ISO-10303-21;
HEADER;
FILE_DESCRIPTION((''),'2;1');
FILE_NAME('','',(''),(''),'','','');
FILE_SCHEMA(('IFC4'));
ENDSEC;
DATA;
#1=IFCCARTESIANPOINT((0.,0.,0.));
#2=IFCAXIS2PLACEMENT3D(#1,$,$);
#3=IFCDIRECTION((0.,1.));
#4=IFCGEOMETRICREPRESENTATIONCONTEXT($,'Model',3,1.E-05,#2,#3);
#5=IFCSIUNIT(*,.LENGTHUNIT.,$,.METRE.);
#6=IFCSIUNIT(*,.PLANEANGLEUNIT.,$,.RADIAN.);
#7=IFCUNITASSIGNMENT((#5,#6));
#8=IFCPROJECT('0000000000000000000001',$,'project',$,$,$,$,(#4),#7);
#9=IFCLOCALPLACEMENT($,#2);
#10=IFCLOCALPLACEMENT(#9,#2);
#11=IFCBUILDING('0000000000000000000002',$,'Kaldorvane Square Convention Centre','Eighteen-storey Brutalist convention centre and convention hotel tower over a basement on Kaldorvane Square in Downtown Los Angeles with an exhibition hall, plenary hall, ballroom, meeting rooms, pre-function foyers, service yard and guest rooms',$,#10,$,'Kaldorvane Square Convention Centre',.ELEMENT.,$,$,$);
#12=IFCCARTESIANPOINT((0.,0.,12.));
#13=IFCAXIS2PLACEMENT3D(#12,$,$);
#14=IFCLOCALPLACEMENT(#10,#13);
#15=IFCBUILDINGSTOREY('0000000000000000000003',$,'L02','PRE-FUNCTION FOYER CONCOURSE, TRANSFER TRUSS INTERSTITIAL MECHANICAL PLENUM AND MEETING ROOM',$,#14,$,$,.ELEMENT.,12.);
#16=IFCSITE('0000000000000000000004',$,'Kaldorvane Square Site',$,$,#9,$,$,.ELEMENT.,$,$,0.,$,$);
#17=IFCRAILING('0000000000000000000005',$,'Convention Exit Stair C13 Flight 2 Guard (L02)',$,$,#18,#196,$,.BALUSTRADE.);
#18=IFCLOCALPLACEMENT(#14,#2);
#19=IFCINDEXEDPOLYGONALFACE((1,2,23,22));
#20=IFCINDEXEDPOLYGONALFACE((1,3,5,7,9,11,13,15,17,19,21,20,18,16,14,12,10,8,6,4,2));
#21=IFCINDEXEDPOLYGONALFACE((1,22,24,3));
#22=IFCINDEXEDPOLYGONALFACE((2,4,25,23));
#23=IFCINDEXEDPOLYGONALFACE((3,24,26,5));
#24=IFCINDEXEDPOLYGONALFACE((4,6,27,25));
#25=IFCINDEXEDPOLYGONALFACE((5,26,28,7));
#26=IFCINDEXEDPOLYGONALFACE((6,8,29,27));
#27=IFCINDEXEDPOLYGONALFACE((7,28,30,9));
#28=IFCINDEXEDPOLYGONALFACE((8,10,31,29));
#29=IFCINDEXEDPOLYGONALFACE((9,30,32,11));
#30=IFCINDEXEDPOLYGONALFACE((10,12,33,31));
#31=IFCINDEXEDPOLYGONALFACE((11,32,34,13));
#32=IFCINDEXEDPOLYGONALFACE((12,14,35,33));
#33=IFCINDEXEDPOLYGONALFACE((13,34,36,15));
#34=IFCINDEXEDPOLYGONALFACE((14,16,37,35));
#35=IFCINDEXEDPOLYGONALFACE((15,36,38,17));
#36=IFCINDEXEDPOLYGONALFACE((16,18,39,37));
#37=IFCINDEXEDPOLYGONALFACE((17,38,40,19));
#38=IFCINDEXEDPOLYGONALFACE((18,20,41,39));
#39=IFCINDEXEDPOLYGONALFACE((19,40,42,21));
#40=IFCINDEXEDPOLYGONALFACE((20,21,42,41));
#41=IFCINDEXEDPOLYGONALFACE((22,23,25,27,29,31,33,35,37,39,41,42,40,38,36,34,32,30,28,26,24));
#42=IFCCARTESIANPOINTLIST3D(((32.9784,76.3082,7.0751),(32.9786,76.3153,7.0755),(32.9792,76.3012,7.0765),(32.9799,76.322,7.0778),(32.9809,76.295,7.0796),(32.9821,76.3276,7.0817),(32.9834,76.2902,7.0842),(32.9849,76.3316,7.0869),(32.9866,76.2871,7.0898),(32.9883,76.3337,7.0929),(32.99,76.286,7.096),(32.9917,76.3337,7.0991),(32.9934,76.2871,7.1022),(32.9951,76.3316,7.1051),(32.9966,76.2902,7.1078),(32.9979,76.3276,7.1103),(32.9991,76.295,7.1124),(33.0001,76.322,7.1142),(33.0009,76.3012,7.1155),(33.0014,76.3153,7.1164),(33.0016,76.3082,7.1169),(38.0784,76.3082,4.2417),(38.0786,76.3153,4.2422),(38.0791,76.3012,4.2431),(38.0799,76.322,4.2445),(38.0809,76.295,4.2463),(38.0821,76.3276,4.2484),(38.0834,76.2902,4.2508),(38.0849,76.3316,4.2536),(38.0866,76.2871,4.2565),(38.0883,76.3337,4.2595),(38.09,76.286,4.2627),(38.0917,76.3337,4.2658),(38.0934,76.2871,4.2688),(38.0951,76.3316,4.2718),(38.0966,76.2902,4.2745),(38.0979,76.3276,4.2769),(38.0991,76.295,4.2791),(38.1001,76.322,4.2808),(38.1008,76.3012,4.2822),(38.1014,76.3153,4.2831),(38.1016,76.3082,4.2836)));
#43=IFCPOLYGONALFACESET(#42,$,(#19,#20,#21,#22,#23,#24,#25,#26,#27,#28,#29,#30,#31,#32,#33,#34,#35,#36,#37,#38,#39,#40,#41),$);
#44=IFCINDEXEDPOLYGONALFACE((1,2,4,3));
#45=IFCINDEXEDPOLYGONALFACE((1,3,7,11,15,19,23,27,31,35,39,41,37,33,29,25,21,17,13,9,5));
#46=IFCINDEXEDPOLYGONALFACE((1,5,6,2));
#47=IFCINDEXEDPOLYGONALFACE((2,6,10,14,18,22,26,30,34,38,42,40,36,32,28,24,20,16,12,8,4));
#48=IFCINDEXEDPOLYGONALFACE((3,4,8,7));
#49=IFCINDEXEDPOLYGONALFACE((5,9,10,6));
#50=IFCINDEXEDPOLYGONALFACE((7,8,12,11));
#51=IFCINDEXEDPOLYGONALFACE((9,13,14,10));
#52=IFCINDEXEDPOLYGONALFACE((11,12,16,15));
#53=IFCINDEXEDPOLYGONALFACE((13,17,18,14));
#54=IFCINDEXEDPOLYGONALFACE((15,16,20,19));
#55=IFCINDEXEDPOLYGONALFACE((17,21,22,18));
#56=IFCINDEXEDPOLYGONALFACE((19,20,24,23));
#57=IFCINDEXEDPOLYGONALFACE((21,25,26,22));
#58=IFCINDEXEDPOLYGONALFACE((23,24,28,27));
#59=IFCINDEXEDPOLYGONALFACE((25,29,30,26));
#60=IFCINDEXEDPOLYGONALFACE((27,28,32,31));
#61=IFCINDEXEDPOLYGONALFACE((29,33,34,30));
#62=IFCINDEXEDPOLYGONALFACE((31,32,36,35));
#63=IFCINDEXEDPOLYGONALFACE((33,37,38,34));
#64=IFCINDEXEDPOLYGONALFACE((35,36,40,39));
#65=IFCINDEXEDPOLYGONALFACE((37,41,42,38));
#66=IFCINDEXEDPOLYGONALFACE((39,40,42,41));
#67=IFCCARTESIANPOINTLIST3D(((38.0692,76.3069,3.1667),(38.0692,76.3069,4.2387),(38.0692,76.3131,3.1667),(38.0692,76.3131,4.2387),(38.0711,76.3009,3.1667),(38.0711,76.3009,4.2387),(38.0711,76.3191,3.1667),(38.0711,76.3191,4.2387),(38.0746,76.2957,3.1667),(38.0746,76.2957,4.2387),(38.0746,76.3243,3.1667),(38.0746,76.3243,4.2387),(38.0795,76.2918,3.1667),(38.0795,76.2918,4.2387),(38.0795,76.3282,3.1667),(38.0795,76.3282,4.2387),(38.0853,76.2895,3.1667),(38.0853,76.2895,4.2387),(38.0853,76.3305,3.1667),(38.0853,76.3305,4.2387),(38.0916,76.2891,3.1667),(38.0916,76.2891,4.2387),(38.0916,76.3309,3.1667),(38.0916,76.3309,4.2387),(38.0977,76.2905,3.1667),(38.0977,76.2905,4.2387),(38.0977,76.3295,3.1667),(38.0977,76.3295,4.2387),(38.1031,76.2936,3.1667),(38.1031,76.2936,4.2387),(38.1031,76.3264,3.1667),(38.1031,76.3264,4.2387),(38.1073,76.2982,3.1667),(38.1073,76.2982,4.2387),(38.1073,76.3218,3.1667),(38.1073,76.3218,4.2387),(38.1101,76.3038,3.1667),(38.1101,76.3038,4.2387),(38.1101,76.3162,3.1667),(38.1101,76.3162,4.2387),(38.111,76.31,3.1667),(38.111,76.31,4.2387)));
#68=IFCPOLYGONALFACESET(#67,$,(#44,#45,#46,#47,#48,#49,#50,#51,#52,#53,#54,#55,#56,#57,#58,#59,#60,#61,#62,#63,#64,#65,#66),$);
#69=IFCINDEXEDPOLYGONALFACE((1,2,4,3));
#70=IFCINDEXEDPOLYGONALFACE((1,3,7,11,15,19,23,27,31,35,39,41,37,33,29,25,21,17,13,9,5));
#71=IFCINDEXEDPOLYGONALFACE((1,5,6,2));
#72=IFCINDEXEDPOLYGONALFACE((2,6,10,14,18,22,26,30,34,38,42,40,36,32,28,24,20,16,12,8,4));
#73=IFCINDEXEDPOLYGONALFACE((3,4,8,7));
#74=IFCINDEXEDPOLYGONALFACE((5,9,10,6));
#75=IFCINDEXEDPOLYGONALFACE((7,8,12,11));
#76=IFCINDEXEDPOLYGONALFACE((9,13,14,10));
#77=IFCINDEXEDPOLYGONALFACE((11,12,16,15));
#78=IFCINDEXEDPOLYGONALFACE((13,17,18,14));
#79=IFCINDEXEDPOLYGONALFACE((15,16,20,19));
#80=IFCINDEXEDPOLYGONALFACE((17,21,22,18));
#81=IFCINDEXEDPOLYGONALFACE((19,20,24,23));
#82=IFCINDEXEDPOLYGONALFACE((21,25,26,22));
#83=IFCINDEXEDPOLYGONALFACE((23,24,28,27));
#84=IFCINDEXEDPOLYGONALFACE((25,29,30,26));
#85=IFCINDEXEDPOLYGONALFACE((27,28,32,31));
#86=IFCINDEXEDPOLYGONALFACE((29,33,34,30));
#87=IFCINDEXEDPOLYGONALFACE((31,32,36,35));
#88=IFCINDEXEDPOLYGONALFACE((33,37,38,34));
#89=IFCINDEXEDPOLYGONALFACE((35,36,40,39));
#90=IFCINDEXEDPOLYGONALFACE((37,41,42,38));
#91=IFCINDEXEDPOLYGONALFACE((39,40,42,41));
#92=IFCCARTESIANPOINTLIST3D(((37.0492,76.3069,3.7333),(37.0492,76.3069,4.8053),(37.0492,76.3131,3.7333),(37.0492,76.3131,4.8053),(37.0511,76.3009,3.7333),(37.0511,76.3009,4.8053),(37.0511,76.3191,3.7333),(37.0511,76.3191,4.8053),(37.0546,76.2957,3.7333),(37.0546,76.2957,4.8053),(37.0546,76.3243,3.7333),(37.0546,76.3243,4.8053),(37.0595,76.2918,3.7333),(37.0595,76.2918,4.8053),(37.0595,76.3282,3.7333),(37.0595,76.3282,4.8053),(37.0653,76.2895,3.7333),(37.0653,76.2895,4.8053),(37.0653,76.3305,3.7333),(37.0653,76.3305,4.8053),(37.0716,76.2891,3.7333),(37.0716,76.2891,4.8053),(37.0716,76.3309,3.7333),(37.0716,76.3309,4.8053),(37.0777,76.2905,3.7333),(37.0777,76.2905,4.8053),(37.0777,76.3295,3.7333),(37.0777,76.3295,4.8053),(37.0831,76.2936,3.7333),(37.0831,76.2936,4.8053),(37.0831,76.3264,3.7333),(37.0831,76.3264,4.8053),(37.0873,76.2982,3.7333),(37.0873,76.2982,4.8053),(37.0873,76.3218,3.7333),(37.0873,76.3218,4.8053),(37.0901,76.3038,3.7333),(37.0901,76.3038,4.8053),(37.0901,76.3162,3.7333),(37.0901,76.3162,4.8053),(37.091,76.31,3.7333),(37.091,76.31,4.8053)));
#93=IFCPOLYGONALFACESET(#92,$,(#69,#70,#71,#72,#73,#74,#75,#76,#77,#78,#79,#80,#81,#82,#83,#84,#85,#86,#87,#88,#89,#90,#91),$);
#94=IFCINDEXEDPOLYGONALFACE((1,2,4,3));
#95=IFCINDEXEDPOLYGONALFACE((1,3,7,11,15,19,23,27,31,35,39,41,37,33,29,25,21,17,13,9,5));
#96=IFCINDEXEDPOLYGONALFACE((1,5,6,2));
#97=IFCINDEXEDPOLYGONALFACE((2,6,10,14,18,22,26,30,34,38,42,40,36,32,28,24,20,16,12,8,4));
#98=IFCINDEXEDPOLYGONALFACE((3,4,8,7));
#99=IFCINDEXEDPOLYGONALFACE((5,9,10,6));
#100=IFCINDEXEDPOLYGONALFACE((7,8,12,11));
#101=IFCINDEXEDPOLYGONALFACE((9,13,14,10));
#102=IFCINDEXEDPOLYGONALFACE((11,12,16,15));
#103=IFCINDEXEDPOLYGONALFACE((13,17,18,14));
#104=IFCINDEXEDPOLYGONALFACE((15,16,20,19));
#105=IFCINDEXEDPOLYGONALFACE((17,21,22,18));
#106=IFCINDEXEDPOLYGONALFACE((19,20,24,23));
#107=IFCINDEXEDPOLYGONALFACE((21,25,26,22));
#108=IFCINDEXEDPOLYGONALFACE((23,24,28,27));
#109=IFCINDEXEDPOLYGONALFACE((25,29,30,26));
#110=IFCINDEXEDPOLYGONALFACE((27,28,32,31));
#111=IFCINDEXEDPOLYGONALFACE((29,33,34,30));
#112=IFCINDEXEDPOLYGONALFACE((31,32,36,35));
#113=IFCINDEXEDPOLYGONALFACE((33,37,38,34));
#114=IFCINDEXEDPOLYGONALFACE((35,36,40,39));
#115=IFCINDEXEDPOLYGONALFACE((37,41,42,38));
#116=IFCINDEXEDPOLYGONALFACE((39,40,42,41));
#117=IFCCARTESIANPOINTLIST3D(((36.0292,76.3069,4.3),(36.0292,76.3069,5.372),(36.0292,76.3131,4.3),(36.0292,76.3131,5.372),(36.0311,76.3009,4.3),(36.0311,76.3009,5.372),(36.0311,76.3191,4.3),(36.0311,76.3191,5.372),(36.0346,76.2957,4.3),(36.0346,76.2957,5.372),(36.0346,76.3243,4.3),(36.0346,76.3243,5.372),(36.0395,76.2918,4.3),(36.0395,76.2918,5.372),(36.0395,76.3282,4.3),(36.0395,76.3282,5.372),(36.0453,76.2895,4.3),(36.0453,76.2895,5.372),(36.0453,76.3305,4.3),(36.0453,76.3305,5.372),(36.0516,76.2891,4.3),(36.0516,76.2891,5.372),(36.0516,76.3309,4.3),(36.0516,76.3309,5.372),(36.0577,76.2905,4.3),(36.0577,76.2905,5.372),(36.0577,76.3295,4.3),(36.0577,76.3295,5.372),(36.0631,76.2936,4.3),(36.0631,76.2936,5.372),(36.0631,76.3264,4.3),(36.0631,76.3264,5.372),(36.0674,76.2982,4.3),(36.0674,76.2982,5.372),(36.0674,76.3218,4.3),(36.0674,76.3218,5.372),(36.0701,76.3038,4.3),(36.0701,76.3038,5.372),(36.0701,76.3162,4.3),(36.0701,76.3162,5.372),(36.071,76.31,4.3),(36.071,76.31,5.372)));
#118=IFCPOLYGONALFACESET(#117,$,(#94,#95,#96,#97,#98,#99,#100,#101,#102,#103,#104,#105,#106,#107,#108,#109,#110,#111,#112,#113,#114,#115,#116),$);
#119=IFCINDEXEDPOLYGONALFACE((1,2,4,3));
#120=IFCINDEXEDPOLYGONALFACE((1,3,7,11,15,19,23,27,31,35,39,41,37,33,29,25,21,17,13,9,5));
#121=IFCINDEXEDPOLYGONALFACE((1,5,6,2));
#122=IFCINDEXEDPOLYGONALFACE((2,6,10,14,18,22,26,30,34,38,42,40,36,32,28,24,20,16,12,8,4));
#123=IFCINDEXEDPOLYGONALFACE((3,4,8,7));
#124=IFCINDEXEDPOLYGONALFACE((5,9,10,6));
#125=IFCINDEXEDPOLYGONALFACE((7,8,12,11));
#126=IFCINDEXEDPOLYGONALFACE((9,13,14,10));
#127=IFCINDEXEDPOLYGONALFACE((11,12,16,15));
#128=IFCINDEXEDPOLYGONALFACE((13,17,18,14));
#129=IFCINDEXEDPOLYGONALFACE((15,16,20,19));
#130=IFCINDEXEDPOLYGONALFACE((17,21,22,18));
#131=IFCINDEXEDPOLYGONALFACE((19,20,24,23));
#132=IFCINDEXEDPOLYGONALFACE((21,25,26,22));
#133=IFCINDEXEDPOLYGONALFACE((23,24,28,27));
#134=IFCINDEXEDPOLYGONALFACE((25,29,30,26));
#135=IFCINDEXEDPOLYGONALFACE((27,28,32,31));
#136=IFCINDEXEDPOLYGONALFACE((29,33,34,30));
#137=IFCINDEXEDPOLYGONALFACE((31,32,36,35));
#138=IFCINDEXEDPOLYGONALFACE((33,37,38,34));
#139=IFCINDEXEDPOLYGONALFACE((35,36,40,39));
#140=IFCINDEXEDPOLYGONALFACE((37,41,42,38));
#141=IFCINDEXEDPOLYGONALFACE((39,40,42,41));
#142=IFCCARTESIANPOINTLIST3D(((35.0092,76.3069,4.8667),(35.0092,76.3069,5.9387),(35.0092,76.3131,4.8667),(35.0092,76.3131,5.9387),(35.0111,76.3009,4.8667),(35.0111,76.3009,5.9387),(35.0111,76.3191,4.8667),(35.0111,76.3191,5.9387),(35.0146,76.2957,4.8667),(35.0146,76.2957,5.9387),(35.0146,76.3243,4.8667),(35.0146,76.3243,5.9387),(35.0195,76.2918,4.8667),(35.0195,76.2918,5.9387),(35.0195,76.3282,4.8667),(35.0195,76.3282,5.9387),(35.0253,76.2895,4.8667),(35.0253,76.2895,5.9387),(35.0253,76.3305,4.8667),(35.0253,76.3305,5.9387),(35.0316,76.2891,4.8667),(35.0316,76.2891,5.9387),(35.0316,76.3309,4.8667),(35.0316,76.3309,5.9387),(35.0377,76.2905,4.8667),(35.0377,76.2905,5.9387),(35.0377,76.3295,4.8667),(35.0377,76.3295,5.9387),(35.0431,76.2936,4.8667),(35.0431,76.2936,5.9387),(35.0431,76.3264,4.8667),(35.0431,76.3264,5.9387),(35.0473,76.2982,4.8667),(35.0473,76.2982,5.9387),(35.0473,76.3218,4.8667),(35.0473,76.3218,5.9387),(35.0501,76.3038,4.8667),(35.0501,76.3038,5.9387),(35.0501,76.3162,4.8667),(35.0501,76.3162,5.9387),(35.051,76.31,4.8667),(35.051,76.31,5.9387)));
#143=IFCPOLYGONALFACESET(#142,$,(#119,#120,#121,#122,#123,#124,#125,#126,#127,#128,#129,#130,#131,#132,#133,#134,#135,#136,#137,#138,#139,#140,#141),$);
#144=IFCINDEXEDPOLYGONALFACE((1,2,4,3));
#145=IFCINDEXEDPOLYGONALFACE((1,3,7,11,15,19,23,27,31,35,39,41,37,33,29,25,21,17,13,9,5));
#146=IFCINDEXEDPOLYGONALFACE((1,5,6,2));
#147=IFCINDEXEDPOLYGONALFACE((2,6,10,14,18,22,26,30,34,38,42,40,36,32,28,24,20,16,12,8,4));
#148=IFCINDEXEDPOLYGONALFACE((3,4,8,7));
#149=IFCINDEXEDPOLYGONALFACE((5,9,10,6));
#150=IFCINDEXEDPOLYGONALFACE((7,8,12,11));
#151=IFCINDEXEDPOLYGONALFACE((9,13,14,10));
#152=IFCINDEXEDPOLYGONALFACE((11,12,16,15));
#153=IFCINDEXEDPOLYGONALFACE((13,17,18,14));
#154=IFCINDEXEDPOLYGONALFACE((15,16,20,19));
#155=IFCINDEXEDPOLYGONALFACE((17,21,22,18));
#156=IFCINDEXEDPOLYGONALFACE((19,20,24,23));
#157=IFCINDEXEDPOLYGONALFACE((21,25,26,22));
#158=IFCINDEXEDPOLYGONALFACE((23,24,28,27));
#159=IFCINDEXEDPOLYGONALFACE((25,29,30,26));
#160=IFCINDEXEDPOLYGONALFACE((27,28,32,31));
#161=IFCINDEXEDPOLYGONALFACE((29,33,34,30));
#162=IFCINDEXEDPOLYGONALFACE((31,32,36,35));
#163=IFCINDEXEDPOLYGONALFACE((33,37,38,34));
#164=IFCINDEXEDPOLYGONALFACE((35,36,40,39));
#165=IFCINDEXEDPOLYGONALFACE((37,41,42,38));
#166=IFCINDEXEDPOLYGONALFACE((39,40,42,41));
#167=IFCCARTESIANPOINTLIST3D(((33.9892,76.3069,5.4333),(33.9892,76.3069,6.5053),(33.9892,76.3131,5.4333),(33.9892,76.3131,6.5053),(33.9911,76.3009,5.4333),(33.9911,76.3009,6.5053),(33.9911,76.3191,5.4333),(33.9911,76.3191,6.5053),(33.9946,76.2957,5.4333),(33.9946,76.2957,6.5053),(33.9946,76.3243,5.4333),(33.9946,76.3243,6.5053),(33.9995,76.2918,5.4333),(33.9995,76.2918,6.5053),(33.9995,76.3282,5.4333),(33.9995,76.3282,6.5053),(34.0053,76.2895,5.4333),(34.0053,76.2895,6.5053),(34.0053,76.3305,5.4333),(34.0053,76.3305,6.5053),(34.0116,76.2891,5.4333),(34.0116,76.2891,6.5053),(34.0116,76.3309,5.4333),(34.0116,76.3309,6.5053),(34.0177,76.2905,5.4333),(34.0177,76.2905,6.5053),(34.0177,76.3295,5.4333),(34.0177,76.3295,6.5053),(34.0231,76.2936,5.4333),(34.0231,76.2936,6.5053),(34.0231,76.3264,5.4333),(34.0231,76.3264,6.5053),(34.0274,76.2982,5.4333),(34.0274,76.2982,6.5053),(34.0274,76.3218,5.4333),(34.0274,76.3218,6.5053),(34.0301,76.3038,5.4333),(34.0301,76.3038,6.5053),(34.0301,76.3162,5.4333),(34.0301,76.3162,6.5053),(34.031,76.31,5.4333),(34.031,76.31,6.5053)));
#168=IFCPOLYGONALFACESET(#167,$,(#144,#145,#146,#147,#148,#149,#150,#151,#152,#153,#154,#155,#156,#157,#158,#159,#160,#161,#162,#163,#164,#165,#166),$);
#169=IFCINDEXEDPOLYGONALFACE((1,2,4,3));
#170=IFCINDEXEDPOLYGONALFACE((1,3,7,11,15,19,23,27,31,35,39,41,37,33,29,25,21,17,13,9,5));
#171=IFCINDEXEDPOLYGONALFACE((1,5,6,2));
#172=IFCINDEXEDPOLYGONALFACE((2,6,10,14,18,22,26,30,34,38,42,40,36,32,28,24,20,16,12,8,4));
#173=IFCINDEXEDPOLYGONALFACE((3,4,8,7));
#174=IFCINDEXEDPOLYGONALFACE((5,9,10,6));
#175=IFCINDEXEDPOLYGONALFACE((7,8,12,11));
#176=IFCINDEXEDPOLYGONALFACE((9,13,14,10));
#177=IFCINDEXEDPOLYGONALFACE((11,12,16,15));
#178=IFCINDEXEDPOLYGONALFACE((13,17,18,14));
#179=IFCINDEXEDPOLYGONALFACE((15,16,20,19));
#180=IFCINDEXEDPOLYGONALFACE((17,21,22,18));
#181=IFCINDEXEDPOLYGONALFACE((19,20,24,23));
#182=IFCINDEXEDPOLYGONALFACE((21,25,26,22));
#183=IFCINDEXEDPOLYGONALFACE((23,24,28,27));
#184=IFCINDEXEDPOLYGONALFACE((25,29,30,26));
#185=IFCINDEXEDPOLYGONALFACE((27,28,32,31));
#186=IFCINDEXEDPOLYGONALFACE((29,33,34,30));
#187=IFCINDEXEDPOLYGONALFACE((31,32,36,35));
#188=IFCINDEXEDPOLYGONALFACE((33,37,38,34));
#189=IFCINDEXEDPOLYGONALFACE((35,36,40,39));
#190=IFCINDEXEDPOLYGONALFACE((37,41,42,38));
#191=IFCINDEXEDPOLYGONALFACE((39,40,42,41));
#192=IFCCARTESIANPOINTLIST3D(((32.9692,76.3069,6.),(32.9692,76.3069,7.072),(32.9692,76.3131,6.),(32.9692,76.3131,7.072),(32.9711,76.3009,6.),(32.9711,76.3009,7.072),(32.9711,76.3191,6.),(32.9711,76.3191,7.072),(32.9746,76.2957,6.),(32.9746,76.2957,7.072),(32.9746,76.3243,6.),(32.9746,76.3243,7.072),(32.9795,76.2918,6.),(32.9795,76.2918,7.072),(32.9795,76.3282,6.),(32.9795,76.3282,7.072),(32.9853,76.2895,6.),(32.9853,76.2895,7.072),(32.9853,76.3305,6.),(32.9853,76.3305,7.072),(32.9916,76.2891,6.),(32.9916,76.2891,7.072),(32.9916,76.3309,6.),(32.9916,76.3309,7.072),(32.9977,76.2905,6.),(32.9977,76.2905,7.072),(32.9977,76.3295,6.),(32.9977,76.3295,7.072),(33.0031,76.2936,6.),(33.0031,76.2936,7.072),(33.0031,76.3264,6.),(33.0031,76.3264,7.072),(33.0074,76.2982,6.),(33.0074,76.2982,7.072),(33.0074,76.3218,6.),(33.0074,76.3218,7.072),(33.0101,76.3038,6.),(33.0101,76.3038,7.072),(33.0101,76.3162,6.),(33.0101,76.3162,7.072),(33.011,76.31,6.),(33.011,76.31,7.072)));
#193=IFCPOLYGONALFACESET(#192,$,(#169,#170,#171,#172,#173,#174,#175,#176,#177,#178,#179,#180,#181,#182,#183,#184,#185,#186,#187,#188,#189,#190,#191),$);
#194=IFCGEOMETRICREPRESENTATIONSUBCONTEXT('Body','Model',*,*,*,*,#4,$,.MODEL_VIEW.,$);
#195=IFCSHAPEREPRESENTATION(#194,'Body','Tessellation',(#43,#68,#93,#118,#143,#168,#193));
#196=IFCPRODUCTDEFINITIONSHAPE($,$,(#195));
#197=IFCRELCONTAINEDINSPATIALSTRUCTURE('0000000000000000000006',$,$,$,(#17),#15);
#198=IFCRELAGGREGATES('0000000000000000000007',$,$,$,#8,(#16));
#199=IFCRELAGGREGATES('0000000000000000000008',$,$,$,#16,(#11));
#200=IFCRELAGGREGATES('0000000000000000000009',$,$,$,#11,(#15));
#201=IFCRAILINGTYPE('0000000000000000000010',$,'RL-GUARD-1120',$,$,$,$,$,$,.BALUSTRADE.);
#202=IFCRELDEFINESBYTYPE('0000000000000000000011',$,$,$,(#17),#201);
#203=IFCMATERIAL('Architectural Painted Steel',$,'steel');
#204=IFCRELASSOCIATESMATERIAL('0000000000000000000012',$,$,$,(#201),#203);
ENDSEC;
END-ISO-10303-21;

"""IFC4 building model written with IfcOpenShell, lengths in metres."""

from ifc_helpers import new_model, si_unit, direction, frame, origin, origin_2d, place, context, subcontext, project, spatial, circle, extrude, material, type_object, element, save


model = new_model("IFC4")

# Units and contexts
model_context = context("Model", 3, precision=1e-05, world=origin(), true_north=direction((0.0, 1.0)))
body_context = subcontext(model_context, "Body", "Model", "MODEL_VIEW")
ifc_project = project(units=[si_unit("LENGTHUNIT", "METRE"), si_unit("PLANEANGLEUNIT", "RADIAN")], contexts=[model_context])

# Site, building, storey
site_placement = place(None, origin())
site = spatial("IfcSite", under=ifc_project, at=site_placement, Name="Kaldorvane Square Site", CompositionType="ELEMENT", RefElevation=0.0)
building_placement = place(site_placement, origin())
building = spatial("IfcBuilding", under=site, at=building_placement, Name="Kaldorvane Square Convention Centre", Description="Eighteen-storey Brutalist convention centre and convention hotel tower over a basement on Kaldorvane Square in Downtown Los Angeles with an exhibition hall, plenary hall, ballroom, meeting rooms, pre-function foyers, service yard and guest rooms", LongName="Kaldorvane Square Convention Centre", CompositionType="ELEMENT")
storey_placement = place(building_placement, frame((0.0, 0.0, 12.0)))
storey = spatial("IfcBuildingStorey", under=building, at=storey_placement, Name="L02", Description="PRE-FUNCTION FOYER CONCOURSE, TRANSFER TRUSS INTERSTITIAL MECHANICAL PLENUM AND MEETING ROOM", CompositionType="ELEMENT", Elevation=12.0)

# Railing
ifc_material_1 = material(Name="Architectural Painted Steel", Category="steel")
railing_type_1 = type_object("IfcRailingType", Name="RL-GUARD-1120", PredefinedType="BALUSTRADE", material=ifc_material_1)
railing_1_placement = place(storey_placement, frame((38.09, 76.31, 3.1667)))
element("IfcRailing", 1, at=railing_1_placement, inside=storey, type_object=railing_type_1, Name="Convention Exit Stair C13 Flight 2 Guard (L02)", PredefinedType="BALUSTRADE", context=body_context, shape_type="SweptSolid", body=[
    extrude(circle(Radius=0.024, at=origin_2d()), frame((0.0, 0.0, 1.096), z_axis=(-0.874157, 0.0, 0.485643), x_axis=(0.0, -1.0, 0.0)), (0.0, 0.0, 1.0), 5.8342),
    extrude(circle(Radius=0.021, at=origin_2d()), origin(), (0.0, 0.0, 1.0), 1.072),
    extrude(circle(Radius=0.021, at=origin_2d()), frame((-1.02, 0.0, 0.5667)), (0.0, 0.0, 1.0), 1.072),
    extrude(circle(Radius=0.021, at=origin_2d()), frame((-2.04, 0.0, 1.1333)), (0.0, 0.0, 1.0), 1.072),
    extrude(circle(Radius=0.021, at=origin_2d()), frame((-3.06, 0.0, 1.7)), (0.0, 0.0, 1.0), 1.072),
    extrude(circle(Radius=0.021, at=origin_2d()), frame((-4.08, 0.0, 2.2667)), (0.0, 0.0, 1.0), 1.072),
    extrude(circle(Radius=0.021, at=origin_2d()), frame((-5.1, 0.0, 2.8333)), (0.0, 0.0, 1.0), 1.072),
])

save(model, "model.ifc")
